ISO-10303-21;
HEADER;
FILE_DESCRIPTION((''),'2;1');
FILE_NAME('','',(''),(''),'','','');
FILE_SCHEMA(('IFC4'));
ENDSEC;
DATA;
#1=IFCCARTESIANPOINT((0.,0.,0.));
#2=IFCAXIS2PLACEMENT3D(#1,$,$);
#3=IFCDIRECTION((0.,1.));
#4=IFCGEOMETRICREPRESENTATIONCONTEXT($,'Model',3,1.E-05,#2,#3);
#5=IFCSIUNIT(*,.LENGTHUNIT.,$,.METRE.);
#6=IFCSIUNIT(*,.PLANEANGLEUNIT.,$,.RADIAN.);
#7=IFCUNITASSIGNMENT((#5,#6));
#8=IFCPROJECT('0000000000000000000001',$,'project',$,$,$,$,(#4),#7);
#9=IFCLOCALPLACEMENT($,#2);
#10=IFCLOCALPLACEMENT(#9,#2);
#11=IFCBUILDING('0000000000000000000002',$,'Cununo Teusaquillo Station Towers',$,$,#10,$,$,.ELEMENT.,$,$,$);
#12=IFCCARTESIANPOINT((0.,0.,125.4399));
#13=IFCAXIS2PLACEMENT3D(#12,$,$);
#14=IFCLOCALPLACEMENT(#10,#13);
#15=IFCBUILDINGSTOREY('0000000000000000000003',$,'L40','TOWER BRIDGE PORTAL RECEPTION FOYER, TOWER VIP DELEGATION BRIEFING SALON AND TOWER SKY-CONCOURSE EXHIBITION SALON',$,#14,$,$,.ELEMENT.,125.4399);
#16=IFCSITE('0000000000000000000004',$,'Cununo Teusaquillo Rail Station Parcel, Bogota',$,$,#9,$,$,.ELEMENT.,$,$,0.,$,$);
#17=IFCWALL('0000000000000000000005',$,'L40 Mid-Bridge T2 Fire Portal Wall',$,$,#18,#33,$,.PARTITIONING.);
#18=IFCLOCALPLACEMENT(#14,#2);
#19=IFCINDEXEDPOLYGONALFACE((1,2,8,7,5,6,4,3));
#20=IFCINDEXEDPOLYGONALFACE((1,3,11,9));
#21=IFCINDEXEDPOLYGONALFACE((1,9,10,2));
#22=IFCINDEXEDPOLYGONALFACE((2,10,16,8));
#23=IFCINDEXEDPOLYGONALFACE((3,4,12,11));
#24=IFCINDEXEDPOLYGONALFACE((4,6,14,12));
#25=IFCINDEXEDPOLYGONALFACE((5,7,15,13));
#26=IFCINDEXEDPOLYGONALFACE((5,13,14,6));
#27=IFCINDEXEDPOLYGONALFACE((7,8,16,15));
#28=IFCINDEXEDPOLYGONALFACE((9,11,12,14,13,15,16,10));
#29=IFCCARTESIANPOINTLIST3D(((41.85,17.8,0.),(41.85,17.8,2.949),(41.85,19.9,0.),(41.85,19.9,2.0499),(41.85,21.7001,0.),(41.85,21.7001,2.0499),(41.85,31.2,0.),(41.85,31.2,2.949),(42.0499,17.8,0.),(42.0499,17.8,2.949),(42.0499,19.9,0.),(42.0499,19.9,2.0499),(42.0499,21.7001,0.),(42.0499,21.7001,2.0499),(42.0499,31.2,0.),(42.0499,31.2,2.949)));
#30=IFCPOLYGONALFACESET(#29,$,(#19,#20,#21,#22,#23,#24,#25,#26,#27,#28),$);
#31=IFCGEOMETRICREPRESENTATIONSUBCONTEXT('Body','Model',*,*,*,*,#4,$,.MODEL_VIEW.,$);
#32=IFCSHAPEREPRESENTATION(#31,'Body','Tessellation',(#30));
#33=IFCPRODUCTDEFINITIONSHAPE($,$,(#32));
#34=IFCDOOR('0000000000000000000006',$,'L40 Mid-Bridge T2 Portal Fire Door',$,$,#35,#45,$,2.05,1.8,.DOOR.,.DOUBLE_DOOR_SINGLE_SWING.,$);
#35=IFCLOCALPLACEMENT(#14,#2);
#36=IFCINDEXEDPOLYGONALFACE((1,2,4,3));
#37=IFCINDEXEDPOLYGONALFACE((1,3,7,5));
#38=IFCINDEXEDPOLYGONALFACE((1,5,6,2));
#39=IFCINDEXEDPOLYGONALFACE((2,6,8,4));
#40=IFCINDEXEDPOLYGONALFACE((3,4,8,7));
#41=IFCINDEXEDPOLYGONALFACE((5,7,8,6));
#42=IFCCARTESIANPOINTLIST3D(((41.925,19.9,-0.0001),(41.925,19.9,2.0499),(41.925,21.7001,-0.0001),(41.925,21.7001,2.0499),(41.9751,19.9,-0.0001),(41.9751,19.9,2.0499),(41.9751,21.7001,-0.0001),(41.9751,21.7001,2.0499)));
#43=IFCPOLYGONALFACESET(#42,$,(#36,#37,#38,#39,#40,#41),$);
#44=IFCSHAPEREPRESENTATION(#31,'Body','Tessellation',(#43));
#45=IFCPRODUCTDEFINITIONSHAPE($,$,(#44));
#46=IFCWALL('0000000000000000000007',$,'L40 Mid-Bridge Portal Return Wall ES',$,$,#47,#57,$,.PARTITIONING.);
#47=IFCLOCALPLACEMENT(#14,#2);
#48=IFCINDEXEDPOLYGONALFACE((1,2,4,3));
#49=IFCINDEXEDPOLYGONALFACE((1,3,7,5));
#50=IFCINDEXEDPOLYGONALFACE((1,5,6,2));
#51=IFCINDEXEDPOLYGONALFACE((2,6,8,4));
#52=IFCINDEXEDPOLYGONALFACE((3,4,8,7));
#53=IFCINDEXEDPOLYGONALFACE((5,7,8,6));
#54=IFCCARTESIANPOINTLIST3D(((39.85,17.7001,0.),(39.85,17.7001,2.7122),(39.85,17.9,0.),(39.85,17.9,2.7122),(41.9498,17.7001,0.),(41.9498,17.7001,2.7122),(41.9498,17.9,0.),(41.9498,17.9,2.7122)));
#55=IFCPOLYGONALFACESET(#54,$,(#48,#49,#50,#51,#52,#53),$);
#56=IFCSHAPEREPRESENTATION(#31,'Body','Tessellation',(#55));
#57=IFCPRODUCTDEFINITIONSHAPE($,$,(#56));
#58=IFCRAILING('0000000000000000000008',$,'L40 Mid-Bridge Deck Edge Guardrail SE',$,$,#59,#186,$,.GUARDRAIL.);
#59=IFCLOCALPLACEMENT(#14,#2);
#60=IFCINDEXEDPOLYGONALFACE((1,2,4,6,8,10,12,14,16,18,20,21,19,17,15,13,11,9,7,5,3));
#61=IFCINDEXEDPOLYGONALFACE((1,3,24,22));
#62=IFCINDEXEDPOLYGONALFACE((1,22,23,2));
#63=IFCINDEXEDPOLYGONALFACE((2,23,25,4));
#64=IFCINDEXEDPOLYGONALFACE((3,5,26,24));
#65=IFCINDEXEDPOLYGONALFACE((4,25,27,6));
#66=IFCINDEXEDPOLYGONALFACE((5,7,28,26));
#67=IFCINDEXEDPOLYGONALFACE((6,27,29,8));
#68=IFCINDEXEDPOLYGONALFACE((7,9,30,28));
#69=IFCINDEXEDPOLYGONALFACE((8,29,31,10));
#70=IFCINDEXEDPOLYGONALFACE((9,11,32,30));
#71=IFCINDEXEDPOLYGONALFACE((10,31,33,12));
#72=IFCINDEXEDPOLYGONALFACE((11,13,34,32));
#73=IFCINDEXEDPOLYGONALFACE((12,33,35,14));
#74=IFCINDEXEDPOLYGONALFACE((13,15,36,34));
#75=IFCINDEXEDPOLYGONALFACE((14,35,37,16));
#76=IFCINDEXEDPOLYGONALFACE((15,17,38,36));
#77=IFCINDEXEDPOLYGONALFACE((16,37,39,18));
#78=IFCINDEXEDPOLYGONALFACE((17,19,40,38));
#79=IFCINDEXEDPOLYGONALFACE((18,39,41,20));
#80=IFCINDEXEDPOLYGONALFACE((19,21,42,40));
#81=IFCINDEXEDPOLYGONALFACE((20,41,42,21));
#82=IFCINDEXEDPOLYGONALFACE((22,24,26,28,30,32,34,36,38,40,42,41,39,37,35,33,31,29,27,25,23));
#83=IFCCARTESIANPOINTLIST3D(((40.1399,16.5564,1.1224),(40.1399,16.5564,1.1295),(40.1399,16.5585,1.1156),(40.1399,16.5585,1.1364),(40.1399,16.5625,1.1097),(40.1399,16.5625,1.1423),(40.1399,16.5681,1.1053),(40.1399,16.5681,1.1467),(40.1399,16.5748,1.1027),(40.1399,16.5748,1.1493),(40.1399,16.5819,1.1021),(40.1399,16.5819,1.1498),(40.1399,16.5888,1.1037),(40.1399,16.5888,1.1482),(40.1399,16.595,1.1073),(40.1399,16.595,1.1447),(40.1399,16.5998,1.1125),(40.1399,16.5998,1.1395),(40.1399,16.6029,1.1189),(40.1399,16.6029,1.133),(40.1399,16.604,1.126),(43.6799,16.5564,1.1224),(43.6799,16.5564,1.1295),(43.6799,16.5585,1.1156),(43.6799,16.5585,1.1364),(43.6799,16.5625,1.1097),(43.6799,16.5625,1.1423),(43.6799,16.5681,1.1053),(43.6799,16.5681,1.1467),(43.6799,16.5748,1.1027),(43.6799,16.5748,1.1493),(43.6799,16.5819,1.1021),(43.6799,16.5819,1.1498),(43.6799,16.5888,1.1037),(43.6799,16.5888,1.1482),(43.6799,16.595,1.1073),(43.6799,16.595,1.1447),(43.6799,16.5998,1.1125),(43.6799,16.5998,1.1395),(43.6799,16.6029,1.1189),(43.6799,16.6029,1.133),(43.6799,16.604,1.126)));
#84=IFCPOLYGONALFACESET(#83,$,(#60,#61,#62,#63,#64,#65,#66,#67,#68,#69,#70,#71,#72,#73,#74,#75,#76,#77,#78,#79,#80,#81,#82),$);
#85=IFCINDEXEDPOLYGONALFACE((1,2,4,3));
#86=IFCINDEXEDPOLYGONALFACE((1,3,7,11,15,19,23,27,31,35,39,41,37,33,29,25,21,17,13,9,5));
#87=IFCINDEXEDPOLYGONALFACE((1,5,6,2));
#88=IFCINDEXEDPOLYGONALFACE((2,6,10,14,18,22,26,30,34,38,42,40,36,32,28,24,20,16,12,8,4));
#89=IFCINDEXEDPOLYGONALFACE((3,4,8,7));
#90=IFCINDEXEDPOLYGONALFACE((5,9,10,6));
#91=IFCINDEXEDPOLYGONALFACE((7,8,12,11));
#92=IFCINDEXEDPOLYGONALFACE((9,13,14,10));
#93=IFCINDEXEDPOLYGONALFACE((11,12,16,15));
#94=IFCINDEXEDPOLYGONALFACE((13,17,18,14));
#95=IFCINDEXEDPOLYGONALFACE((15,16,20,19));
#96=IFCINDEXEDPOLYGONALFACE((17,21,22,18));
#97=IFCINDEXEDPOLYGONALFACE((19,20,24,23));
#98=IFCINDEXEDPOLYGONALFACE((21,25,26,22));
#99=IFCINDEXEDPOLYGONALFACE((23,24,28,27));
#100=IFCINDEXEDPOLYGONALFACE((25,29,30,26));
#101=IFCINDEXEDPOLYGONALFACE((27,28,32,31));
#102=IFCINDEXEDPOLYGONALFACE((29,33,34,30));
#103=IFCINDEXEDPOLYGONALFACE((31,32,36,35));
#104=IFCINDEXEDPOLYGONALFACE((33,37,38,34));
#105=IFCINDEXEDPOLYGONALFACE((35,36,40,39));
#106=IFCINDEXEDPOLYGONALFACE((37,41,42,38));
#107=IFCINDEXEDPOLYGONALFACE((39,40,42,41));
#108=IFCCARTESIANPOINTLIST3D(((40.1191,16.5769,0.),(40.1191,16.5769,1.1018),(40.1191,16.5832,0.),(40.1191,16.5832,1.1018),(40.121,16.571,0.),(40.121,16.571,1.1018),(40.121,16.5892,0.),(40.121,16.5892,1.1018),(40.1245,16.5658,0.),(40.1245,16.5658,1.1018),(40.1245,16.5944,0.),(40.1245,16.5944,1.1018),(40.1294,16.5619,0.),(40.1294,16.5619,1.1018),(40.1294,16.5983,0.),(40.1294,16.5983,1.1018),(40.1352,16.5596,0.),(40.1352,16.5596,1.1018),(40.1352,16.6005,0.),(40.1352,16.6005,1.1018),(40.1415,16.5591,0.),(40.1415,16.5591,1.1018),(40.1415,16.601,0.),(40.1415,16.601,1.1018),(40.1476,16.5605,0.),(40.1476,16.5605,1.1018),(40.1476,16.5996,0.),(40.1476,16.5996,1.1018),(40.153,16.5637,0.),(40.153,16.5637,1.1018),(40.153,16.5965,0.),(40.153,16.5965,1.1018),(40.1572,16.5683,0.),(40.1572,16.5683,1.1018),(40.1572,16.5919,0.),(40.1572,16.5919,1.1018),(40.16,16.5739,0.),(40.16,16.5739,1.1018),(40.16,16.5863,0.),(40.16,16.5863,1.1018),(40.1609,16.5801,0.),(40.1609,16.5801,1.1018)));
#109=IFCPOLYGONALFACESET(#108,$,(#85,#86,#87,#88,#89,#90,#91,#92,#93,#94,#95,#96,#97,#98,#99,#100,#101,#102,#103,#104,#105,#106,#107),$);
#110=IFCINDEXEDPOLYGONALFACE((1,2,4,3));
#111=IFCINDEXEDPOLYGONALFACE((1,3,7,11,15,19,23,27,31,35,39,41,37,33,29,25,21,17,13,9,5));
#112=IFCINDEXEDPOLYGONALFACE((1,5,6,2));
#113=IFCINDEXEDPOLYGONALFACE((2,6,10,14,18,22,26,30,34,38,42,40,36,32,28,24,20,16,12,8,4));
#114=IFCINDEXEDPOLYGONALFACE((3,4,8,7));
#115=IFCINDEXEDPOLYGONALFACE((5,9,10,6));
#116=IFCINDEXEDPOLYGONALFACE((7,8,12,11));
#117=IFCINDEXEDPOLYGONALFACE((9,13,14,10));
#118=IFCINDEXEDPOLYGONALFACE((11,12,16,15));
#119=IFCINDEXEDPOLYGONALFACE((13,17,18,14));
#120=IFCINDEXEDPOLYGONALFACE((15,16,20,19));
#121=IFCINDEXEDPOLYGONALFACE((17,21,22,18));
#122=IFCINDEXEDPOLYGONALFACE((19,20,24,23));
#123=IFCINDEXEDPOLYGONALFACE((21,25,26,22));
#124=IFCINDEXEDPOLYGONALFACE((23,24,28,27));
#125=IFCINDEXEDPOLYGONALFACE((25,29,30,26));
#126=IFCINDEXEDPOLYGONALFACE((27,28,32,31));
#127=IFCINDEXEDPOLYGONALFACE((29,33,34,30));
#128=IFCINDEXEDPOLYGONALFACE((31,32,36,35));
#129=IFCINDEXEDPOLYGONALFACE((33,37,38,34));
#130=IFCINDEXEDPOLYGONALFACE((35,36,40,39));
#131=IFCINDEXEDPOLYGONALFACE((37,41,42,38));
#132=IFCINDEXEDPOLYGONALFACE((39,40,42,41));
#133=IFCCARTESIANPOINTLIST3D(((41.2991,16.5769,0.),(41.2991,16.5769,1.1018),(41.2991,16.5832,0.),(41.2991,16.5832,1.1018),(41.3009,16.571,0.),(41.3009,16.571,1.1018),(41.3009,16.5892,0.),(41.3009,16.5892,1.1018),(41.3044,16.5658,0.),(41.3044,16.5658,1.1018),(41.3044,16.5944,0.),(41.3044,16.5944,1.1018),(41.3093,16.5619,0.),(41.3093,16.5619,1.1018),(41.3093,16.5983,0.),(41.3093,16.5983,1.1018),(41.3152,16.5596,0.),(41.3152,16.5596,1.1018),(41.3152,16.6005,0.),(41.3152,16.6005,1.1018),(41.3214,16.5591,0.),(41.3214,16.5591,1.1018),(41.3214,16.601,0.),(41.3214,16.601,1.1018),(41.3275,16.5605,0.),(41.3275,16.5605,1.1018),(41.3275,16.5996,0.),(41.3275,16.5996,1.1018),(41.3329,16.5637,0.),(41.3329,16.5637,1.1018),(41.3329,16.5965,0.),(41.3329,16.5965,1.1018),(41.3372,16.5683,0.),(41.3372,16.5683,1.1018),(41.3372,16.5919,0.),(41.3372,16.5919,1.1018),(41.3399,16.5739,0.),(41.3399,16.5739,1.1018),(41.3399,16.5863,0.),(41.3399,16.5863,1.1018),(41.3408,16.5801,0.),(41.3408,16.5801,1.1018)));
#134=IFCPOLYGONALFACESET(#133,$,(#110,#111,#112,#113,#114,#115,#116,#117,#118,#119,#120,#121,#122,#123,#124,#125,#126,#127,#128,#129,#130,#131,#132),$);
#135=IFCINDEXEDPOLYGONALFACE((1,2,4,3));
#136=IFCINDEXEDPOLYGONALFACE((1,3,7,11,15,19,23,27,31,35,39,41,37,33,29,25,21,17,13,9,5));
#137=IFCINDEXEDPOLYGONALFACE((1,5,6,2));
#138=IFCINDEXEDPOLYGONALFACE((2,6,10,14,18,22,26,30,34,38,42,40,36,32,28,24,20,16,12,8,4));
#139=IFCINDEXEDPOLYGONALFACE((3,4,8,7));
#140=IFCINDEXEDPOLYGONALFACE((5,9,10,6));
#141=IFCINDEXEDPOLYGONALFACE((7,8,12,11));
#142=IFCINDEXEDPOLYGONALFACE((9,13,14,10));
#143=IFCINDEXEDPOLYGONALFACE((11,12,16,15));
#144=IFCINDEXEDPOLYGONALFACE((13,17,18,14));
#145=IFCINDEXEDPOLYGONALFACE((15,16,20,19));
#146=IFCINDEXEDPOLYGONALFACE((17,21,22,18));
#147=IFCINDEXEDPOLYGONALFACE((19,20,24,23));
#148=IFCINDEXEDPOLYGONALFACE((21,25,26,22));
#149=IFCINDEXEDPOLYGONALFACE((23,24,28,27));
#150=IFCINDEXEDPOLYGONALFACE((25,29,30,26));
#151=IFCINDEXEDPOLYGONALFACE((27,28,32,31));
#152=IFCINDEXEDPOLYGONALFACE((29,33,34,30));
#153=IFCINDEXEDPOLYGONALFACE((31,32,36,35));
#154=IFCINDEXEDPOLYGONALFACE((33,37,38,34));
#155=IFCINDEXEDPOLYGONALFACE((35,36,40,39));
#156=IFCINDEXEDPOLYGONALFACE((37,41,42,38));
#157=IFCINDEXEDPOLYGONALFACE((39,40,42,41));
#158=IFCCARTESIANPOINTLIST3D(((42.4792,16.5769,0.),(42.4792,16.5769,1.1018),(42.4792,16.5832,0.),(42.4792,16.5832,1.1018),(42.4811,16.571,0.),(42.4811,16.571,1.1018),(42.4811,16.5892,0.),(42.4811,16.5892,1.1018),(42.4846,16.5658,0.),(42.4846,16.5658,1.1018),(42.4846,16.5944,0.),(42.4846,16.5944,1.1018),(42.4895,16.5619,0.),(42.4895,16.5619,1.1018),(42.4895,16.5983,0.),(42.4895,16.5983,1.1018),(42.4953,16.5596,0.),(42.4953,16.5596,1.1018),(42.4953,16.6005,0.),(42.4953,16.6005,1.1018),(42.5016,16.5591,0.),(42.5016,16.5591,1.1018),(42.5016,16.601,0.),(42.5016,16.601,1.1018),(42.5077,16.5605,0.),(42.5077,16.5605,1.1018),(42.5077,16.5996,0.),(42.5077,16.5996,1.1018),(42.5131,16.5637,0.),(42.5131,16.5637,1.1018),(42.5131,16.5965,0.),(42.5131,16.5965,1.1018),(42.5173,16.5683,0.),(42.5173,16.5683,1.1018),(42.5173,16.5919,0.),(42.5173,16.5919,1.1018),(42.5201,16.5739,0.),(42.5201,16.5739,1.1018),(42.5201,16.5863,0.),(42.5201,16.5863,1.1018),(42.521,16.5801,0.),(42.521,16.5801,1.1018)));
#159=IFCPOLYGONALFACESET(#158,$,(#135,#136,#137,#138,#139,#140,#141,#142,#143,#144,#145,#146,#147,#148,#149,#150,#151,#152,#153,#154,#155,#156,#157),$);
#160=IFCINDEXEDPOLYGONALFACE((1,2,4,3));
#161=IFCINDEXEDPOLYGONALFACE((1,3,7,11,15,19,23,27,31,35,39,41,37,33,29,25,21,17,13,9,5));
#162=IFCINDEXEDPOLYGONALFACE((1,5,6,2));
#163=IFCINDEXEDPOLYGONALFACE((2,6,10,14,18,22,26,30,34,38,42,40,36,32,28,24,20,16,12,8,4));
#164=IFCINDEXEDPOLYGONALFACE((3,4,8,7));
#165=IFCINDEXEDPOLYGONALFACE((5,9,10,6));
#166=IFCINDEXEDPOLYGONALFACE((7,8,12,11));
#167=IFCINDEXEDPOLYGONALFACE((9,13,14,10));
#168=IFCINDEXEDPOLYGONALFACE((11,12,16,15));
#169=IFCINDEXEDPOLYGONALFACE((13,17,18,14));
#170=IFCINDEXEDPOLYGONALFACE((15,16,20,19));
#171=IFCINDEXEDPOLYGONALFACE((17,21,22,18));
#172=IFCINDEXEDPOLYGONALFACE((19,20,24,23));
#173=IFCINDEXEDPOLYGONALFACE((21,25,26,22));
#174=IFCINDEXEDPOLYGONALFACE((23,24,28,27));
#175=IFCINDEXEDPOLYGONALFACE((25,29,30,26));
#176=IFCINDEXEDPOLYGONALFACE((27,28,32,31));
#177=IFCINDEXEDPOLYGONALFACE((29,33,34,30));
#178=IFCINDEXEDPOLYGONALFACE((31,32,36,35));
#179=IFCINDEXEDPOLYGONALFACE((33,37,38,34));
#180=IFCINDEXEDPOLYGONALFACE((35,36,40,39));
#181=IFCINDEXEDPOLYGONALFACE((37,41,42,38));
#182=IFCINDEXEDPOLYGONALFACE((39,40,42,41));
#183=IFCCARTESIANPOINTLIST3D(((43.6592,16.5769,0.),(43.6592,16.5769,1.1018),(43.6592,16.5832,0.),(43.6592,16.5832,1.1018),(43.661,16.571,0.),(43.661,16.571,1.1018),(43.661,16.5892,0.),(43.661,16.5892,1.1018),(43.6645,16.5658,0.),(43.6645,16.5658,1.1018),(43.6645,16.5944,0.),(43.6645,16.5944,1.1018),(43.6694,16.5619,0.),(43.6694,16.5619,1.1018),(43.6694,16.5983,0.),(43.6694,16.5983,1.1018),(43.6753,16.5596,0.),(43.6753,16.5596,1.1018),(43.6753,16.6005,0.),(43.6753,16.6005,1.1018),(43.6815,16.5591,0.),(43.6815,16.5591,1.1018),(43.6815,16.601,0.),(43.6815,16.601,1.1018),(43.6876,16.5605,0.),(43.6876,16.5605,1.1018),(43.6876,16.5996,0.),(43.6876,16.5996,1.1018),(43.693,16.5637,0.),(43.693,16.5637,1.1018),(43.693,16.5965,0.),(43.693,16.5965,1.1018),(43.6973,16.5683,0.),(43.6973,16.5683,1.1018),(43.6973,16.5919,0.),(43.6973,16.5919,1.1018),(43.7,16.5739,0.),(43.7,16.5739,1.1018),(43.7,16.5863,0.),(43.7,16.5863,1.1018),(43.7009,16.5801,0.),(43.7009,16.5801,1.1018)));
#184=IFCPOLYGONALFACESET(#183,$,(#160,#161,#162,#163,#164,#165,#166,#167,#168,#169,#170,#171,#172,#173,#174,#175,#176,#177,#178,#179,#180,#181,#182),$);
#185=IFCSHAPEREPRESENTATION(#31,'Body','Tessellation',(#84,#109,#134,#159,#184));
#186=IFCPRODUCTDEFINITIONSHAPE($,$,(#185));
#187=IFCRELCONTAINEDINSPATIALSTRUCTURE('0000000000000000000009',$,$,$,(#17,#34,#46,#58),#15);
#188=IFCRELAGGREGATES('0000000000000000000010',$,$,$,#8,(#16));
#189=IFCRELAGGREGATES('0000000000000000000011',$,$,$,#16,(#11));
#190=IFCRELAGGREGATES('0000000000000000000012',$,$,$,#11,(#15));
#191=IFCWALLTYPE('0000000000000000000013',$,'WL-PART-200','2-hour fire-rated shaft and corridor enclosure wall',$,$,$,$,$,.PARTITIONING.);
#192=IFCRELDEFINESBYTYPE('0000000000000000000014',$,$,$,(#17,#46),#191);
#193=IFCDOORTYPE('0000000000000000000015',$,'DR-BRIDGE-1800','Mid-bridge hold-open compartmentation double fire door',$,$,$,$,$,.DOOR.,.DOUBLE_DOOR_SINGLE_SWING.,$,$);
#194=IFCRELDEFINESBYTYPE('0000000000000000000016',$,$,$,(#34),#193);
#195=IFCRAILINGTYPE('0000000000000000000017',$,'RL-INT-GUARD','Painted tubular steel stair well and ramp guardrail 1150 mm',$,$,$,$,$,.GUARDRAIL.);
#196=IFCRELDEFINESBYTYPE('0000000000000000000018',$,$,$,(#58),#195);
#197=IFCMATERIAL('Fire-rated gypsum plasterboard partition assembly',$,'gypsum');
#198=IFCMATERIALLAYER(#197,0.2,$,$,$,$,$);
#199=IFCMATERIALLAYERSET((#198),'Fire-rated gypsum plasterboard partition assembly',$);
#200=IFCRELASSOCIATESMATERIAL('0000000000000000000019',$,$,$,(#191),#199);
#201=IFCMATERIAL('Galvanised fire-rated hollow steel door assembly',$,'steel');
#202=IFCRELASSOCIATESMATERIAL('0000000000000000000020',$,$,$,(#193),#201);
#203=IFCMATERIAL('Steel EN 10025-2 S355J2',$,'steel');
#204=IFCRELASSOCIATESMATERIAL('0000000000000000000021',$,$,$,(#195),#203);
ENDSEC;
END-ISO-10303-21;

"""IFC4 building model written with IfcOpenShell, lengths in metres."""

from ifc_helpers import new_model, si_unit, direction, frame, frame_2d, origin, origin_2d, place, context, subcontext, project, spatial, rectangle, circle, extrude, source, transform, mapped, material, layer, layer_set, type_object, element, fill, save


model = new_model("IFC4")

# Units and contexts
model_context = context("Model", 3, precision=1e-05, world=origin(), true_north=direction((0.0, 1.0)))
body_context = subcontext(model_context, "Body", "Model", "MODEL_VIEW")
ifc_project = project(units=[si_unit("LENGTHUNIT", "METRE"), si_unit("PLANEANGLEUNIT", "RADIAN")], contexts=[model_context])

# Site, building, storey
site_placement = place(None, origin())
site = spatial("IfcSite", under=ifc_project, at=site_placement, Name="Cununo Teusaquillo Rail Station Parcel, Bogota", CompositionType="ELEMENT", RefElevation=0.0)
building_placement = place(site_placement, origin())
building = spatial("IfcBuilding", under=site, at=building_placement, Name="Cununo Teusaquillo Station Towers", CompositionType="ELEMENT")
storey_placement = place(building_placement, frame((0.0, 0.0, 125.4399)))
storey = spatial("IfcBuildingStorey", under=building, at=storey_placement, Name="L40", Description="TOWER BRIDGE PORTAL RECEPTION FOYER, TOWER VIP DELEGATION BRIEFING SALON AND TOWER SKY-CONCOURSE EXHIBITION SALON", CompositionType="ELEMENT", Elevation=125.4399)

# Wall, opening, door
ifc_material_1 = material(Name="Fire-rated gypsum plasterboard partition assembly", Category="gypsum")
ifc_layer_1 = layer(ifc_material_1, 0.2)
ifc_layer_set_1 = layer_set([ifc_layer_1], Name="Fire-rated gypsum plasterboard partition assembly")
wall_type_1 = type_object("IfcWallType", Name="WL-PART-200", Description="2-hour fire-rated shaft and corridor enclosure wall", PredefinedType="PARTITIONING", material=ifc_layer_set_1)
wall_1_placement = place(storey_placement, frame((41.95, 17.8, 0.0), z_axis=(0.0, 0.0, 1.0), x_axis=(0.0, 1.0, 0.0)))
wall_1 = element("IfcWall", 1, at=wall_1_placement, inside=storey, type_object=wall_type_1, Name="L40 Mid-Bridge T2 Fire Portal Wall", PredefinedType="PARTITIONING", context=body_context, shape_type="SweptSolid", body=[
    extrude(rectangle(XDim=13.3999, YDim=0.2, at=frame_2d((6.7, 0.0))), origin(), (0.0, 0.0, 1.0), 2.949),
])
shared_shape_1 = source(origin(), body_context, "Body", "SweptSolid", [
    extrude(rectangle(XDim=1.8, YDim=2.05, at=frame_2d((0.8999, 1.0249))), frame((0.0, 0.1099, 0.0), z_axis=(0.0, -1.0, 0.0), x_axis=(1.0, 0.0, 0.0)), (0.0, 0.0, 1.0), 0.22),
])
opening_1_placement = place(wall_1_placement, frame((2.1001, 0.0, 0.0)))
opening_1 = element("IfcOpeningElement", 2, at=opening_1_placement, cuts=wall_1, PredefinedType="OPENING", context=body_context, shape_type="MappedRepresentation", body=[
    mapped(shared_shape_1, transform((0.0, 0.0, 0.0), x_axis=(1.0, 0.0, 0.0), y_axis=(0.0, 1.0, 0.0), z_axis=(0.0, 0.0, 1.0), scale=1.0)),
])
ifc_material_2 = material(Name="Galvanised fire-rated hollow steel door assembly", Category="steel")
door_type_1 = type_object("IfcDoorType", Name="DR-BRIDGE-1800", Description="Mid-bridge hold-open compartmentation double fire door", OperationType="DOUBLE_DOOR_SINGLE_SWING", PredefinedType="DOOR", material=ifc_material_2)
shared_shape_2 = source(origin(), body_context, "Body", "SweptSolid", [
    extrude(rectangle(XDim=1.8, YDim=2.05, at=frame_2d((0.8999, 1.0249))), frame((0.0, 0.0249, 0.0), z_axis=(0.0, -1.0, 0.0), x_axis=(1.0, 0.0, 0.0)), (0.0, 0.0, 1.0), 0.05),
])
door_1_placement = place(opening_1_placement, origin())
door_1 = element("IfcDoor", 3, at=door_1_placement, inside=storey, type_object=door_type_1, Name="L40 Mid-Bridge T2 Portal Fire Door", OperationType="DOUBLE_DOOR_SINGLE_SWING", OverallHeight=2.05, OverallWidth=1.8, PredefinedType="DOOR", context=body_context, shape_type="MappedRepresentation", body=[
    mapped(shared_shape_2, transform((0.0, 0.0, 0.0), x_axis=(1.0, 0.0, 0.0), y_axis=(0.0, 1.0, 0.0), z_axis=(0.0, 0.0, 1.0), scale=1.0)),
])
fill(opening_1, door_1)

# Wall
wall_2_placement = place(storey_placement, frame((39.8501, 17.8, 0.0), z_axis=(0.0, 0.0, 1.0), x_axis=(1.0, 0.0, 0.0)))
element("IfcWall", 4, at=wall_2_placement, inside=storey, type_object=wall_type_1, Name="L40 Mid-Bridge Portal Return Wall ES", PredefinedType="PARTITIONING", context=body_context, shape_type="SweptSolid", body=[
    extrude(rectangle(XDim=2.0999, YDim=0.2, at=frame_2d((1.0498, 0.0))), origin(), (0.0, 0.0, 1.0), 2.7122),
])

# Railing
ifc_material_3 = material(Name="Steel EN 10025-2 S355J2", Category="steel")
railing_type = type_object("IfcRailingType", Name="RL-INT-GUARD", Description="Painted tubular steel stair well and ramp guardrail 1150 mm", PredefinedType="GUARDRAIL", material=ifc_material_3)
railing_placement = place(storey_placement, frame((40.1399, 16.5801, 0.0)))
element("IfcRailing", 5, at=railing_placement, inside=storey, type_object=railing_type, Name="L40 Mid-Bridge Deck Edge Guardrail SE", PredefinedType="GUARDRAIL", context=body_context, shape_type="SweptSolid", body=[
    extrude(circle(Radius=0.0239, at=origin_2d()), frame((0.0, 0.0, 1.126), z_axis=(1.0, 0.0, 0.0), x_axis=(0.0, 1.0, 0.0)), (0.0, 0.0, 1.0), 3.54),
    extrude(circle(Radius=0.021, at=origin_2d()), origin(), (0.0, 0.0, 1.0), 1.1018),
    extrude(circle(Radius=0.021, at=origin_2d()), frame((1.1799, 0.0, 0.0)), (0.0, 0.0, 1.0), 1.1018),
    extrude(circle(Radius=0.021, at=origin_2d()), frame((2.3601, 0.0, 0.0)), (0.0, 0.0, 1.0), 1.1018),
    extrude(circle(Radius=0.021, at=origin_2d()), frame((3.54, 0.0, 0.0)), (0.0, 0.0, 1.0), 1.1018),
])

save(model, "model.ifc")
